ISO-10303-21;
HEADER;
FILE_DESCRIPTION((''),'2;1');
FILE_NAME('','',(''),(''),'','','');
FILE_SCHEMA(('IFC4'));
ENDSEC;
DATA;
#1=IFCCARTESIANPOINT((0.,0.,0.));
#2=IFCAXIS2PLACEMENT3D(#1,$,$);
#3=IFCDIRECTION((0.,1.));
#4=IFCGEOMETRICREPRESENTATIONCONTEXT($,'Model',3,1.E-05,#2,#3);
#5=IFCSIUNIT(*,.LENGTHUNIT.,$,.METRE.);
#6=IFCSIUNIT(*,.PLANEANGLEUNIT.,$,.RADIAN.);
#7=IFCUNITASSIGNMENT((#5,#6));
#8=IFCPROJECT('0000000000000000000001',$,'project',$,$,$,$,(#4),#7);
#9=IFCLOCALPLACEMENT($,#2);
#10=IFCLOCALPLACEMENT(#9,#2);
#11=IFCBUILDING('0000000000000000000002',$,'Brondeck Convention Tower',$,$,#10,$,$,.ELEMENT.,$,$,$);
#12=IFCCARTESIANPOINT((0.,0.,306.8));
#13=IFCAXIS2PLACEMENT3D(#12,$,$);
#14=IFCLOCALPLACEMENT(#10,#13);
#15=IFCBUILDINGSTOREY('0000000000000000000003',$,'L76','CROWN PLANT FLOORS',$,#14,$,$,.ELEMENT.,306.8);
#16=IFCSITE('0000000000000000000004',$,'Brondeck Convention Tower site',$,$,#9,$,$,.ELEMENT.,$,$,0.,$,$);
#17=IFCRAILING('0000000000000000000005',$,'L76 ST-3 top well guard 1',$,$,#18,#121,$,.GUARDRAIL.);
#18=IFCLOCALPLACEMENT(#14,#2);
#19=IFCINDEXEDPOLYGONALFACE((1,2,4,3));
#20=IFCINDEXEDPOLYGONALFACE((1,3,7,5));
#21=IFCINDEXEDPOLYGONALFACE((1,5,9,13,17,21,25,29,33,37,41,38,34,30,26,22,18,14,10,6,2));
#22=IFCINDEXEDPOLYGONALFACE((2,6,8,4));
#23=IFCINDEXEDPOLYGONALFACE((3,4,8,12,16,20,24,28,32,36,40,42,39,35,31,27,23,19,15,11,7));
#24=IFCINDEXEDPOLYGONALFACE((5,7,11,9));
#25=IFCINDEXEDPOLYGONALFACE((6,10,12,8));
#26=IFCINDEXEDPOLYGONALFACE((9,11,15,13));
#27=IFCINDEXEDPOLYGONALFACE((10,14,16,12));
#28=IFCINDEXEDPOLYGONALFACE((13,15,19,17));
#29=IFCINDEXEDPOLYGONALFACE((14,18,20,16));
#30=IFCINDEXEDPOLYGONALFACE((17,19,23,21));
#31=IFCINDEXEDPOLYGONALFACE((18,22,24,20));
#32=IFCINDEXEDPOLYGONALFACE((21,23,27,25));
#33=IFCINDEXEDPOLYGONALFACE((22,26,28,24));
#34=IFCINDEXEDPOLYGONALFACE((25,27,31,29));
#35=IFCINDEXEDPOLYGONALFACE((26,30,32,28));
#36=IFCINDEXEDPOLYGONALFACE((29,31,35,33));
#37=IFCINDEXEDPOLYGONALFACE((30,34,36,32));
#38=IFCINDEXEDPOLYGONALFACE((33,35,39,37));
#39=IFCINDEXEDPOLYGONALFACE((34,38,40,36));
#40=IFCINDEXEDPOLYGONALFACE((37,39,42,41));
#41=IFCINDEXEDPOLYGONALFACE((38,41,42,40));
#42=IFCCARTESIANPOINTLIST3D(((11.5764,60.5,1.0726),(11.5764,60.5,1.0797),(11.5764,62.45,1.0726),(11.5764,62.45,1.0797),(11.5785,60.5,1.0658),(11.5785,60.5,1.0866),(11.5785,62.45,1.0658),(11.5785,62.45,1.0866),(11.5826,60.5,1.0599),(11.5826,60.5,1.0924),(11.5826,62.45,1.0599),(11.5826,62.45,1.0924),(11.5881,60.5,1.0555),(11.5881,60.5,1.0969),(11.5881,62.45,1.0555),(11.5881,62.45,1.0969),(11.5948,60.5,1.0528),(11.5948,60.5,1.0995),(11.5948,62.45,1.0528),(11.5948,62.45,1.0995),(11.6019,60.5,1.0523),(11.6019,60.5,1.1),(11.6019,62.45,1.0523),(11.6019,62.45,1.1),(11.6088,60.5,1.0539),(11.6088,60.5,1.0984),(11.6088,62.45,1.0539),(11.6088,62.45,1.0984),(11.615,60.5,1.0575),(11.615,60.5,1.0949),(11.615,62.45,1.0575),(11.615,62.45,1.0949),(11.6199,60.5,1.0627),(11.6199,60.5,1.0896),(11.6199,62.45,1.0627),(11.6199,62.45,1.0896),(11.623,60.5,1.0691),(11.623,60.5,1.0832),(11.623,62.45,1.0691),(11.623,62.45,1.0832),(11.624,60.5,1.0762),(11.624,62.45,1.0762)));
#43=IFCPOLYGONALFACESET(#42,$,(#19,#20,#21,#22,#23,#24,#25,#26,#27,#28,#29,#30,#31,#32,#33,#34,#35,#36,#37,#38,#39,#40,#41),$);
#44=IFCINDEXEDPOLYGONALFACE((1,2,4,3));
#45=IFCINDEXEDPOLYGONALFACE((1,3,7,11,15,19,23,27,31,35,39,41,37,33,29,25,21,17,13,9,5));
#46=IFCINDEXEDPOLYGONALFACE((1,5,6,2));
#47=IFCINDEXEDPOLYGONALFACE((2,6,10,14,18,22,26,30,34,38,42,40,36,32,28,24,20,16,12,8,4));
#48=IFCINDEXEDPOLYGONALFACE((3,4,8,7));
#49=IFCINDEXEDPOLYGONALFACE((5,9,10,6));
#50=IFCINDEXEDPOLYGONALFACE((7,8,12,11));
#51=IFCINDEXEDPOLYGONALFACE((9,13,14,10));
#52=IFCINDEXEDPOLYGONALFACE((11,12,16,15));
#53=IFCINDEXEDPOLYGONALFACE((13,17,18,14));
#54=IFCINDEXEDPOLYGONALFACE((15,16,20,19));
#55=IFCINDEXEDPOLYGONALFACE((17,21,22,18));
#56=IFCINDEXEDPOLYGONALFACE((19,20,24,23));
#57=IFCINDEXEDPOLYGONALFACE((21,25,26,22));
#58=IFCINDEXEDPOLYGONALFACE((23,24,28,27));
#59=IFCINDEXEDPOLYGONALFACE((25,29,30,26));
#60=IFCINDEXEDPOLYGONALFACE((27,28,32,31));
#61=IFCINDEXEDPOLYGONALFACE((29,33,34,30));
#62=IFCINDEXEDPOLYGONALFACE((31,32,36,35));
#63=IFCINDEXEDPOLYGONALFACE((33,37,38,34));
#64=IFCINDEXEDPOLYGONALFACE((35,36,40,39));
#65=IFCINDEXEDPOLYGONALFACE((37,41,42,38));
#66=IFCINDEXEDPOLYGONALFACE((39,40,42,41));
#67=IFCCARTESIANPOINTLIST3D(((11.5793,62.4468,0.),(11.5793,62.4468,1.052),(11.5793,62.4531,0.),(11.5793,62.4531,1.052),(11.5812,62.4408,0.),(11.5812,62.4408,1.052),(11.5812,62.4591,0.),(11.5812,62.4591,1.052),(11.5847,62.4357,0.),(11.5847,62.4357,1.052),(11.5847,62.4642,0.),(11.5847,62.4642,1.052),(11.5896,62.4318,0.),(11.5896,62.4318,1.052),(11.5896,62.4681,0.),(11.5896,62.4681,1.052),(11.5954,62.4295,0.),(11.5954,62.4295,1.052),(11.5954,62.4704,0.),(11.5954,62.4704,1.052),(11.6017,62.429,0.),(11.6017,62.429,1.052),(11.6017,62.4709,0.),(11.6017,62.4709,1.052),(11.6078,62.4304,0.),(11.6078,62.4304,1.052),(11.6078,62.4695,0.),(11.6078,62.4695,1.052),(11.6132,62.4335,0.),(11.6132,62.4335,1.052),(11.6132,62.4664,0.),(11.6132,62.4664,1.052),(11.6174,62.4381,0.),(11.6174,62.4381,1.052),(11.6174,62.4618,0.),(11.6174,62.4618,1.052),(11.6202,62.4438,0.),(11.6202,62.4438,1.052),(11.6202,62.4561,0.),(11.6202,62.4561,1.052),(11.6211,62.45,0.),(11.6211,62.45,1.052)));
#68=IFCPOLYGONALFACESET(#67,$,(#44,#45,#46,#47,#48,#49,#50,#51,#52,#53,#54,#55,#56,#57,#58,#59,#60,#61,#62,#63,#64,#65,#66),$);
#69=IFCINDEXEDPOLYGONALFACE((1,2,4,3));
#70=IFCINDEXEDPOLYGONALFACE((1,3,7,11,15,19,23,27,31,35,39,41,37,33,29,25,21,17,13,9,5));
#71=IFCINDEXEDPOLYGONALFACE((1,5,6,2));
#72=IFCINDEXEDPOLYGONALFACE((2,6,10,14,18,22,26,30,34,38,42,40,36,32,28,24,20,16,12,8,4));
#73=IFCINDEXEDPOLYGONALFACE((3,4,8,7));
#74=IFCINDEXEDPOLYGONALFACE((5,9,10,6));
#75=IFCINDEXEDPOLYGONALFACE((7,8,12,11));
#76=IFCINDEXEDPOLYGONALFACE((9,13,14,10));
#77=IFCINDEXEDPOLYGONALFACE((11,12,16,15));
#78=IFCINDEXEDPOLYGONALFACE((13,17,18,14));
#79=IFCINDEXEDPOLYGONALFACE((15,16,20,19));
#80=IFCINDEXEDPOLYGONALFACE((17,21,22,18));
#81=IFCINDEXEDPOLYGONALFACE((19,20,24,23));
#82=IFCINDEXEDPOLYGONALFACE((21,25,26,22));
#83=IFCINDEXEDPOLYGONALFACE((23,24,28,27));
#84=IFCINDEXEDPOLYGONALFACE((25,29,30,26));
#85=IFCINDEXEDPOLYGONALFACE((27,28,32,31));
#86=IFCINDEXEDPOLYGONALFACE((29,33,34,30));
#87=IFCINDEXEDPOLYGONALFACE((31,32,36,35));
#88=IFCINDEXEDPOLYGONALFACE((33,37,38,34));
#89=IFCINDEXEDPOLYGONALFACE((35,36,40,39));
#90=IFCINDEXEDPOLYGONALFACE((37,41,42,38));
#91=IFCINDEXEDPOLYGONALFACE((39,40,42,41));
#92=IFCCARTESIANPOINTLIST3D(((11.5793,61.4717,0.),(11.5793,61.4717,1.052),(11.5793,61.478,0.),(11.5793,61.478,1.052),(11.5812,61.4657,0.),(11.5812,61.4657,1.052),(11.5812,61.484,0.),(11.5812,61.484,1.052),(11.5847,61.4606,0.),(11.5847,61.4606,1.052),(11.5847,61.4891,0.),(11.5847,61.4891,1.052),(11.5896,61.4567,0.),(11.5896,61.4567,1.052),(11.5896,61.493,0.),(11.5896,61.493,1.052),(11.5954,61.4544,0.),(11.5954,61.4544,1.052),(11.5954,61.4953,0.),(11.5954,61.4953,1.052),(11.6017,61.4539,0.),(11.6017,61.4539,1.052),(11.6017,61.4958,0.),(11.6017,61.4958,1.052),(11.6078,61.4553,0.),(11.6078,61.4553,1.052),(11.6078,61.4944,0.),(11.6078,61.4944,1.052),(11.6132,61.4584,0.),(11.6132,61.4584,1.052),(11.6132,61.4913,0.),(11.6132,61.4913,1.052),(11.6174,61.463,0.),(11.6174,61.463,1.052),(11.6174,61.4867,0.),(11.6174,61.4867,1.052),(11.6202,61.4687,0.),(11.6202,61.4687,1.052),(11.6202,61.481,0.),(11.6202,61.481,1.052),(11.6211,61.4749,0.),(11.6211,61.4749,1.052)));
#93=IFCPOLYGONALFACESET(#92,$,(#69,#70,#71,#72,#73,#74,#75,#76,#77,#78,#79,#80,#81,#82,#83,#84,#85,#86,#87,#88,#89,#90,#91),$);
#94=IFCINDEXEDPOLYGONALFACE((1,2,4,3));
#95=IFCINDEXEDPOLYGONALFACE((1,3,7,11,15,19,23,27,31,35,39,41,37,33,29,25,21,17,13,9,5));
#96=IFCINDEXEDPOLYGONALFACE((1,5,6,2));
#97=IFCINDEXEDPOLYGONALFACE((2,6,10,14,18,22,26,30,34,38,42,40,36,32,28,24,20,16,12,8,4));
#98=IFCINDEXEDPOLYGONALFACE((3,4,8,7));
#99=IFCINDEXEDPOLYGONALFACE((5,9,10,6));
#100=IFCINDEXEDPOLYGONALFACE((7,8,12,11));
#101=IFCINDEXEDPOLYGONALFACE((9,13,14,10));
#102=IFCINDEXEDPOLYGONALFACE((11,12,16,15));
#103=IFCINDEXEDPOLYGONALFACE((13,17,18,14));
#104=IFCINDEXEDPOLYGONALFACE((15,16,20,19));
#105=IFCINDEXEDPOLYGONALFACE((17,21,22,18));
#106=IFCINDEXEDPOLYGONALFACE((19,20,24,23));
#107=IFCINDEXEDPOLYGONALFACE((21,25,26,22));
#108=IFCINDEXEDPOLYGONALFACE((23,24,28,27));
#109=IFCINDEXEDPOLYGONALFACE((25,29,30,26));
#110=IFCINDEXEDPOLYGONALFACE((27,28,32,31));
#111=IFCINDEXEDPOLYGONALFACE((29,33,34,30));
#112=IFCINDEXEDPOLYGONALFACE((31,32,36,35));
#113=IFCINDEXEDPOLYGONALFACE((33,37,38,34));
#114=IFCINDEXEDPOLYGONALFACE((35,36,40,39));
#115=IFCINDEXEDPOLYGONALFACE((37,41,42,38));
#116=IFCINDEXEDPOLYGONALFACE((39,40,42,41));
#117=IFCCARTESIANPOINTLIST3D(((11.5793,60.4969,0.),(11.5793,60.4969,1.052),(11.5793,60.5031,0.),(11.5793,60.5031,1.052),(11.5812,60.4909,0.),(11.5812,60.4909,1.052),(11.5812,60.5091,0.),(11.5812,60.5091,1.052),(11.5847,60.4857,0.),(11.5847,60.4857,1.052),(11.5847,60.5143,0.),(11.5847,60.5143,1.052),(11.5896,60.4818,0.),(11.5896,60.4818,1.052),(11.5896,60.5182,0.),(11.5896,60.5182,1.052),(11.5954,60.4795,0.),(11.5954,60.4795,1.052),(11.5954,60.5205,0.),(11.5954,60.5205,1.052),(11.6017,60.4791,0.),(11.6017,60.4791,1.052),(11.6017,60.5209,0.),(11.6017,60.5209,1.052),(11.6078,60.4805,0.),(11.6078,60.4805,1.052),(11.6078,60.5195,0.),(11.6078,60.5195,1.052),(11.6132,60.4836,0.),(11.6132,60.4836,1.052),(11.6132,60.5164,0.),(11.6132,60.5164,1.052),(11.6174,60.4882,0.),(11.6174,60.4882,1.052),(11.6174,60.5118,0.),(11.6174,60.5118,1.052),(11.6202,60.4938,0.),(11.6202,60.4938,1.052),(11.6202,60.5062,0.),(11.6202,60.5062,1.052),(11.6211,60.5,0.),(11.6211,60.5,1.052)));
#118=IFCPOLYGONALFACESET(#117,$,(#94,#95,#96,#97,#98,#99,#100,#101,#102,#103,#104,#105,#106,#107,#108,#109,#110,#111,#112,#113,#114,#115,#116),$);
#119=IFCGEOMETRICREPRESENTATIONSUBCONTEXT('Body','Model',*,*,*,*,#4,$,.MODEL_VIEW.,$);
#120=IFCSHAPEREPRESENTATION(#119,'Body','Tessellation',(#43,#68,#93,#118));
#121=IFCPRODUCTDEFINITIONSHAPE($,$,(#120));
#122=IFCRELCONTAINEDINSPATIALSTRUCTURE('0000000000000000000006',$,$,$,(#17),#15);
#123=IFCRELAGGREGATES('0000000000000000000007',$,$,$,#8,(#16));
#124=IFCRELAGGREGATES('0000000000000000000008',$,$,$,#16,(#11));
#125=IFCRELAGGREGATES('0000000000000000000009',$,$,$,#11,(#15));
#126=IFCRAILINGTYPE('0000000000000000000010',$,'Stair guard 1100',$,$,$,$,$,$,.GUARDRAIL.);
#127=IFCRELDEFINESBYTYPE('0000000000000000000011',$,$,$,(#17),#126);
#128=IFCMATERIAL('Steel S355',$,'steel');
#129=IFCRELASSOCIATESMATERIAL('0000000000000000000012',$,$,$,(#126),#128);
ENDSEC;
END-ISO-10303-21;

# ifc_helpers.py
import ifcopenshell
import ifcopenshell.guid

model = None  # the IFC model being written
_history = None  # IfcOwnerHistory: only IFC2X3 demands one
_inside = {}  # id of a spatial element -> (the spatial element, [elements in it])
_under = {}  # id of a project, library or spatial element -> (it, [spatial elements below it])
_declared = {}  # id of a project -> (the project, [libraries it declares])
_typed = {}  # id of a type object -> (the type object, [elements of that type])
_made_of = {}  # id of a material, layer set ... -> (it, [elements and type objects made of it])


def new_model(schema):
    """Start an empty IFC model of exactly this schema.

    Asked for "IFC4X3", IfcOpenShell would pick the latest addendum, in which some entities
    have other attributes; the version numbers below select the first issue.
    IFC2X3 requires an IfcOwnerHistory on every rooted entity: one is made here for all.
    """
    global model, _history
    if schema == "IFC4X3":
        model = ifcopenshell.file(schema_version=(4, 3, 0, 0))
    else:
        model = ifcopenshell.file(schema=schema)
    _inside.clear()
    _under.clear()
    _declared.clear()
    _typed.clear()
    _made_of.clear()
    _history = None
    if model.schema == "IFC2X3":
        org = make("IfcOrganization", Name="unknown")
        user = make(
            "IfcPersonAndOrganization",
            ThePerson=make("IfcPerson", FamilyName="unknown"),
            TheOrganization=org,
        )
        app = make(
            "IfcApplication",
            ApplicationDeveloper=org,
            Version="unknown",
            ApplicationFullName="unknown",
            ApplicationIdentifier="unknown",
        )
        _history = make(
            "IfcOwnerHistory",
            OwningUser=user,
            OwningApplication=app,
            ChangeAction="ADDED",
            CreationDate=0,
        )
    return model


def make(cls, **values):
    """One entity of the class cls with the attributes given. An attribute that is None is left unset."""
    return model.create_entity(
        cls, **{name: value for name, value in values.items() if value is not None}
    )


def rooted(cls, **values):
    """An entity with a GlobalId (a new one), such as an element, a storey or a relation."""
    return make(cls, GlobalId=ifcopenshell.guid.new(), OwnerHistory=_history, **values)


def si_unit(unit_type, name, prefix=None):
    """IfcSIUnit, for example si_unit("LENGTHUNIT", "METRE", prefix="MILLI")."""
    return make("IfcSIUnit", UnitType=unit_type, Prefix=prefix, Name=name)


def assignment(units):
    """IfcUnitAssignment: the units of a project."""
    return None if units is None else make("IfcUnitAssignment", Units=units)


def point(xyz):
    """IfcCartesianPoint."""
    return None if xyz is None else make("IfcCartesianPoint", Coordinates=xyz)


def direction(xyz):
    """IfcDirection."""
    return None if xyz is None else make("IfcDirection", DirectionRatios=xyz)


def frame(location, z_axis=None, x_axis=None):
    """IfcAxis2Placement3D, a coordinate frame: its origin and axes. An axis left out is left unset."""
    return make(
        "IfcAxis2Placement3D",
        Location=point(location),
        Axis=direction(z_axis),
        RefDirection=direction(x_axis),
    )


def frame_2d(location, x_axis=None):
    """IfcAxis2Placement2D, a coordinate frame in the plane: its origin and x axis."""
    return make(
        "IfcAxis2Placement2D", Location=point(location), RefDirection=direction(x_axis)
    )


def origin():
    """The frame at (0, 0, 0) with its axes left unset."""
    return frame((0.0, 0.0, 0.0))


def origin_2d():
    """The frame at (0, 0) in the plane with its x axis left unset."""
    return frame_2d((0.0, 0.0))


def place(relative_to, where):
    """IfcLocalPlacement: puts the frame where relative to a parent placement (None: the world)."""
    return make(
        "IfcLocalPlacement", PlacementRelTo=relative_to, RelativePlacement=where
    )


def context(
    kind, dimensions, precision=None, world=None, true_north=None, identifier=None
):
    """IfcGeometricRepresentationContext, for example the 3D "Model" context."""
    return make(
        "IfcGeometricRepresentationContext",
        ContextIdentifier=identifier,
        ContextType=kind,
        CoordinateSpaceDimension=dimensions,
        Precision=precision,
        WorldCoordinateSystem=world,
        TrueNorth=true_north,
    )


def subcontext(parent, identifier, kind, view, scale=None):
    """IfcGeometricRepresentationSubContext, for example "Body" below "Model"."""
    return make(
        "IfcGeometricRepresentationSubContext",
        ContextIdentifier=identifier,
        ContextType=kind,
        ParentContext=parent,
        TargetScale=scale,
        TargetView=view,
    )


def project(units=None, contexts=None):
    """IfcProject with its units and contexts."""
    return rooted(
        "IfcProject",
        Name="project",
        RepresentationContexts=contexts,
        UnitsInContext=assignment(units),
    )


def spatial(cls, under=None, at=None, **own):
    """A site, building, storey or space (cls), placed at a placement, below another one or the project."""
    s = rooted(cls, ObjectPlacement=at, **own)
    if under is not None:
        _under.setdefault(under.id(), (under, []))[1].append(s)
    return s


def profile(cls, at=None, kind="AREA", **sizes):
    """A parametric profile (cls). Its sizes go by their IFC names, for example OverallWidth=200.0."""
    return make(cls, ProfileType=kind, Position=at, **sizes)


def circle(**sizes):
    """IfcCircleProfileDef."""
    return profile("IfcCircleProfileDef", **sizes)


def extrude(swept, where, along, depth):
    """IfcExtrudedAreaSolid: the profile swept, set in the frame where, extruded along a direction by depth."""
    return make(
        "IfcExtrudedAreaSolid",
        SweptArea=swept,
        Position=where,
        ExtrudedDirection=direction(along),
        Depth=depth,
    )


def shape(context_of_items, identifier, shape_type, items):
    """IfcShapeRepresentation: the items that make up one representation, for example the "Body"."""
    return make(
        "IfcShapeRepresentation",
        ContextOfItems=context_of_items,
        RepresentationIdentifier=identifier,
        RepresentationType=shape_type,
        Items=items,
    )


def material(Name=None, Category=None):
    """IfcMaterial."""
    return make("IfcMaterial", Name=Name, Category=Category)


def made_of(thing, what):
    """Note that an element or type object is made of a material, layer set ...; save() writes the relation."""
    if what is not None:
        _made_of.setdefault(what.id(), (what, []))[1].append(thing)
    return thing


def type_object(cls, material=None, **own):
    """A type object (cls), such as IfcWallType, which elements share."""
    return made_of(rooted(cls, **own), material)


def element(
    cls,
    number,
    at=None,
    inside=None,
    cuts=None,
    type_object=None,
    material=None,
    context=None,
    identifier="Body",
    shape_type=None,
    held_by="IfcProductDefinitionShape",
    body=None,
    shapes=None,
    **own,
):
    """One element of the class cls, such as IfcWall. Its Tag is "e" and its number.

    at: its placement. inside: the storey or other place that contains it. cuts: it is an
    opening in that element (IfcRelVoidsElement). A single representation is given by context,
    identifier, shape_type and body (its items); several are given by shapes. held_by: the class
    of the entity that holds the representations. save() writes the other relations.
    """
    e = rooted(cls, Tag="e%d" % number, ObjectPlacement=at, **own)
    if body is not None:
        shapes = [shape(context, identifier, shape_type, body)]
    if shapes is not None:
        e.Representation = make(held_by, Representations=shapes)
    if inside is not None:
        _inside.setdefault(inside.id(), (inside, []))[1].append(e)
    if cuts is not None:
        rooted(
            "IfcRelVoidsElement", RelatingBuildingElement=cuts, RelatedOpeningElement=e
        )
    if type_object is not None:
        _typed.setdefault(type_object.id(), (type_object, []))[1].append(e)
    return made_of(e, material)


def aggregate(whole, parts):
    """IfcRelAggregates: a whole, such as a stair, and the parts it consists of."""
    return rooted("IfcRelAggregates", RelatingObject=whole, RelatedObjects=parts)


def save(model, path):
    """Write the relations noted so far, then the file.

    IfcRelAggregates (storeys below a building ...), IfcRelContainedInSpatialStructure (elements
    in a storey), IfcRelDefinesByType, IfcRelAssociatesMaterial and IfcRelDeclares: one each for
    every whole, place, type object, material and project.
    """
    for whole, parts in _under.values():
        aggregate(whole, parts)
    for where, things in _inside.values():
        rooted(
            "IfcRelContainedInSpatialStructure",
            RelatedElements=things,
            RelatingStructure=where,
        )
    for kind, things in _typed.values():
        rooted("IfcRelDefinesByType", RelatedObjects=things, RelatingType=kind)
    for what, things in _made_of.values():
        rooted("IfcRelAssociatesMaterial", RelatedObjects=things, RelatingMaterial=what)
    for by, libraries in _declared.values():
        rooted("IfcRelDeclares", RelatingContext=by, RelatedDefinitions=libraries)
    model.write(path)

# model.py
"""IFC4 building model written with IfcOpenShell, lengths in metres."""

from ifc_helpers import new_model, si_unit, direction, frame, origin, origin_2d, place, context, subcontext, project, spatial, circle, extrude, material, type_object, element, save


model = new_model("IFC4")

# Units and contexts
model_context = context("Model", 3, precision=1e-05, world=origin(), true_north=direction((0.0, 1.0)))
body_context = subcontext(model_context, "Body", "Model", "MODEL_VIEW")
ifc_project = project(units=[si_unit("LENGTHUNIT", "METRE"), si_unit("PLANEANGLEUNIT", "RADIAN")], contexts=[model_context])

# Site, building, storey
site_placement = place(None, origin())
site = spatial("IfcSite", under=ifc_project, at=site_placement, Name="Brondeck Convention Tower site", CompositionType="ELEMENT", RefElevation=0.0)
building_placement = place(site_placement, origin())
building = spatial("IfcBuilding", under=site, at=building_placement, Name="Brondeck Convention Tower", CompositionType="ELEMENT")
storey_placement = place(building_placement, frame((0.0, 0.0, 306.8)))
storey = spatial("IfcBuildingStorey", under=building, at=storey_placement, Name="L76", Description="CROWN PLANT FLOORS", CompositionType="ELEMENT", Elevation=306.8)

# Railing
ifc_material_1 = material(Name="Steel S355", Category="steel")
railing_type_1 = type_object("IfcRailingType", Name="Stair guard 1100", PredefinedType="GUARDRAIL", material=ifc_material_1)
railing_1_placement = place(storey_placement, frame((11.6001, 62.45, 0.0)))
element("IfcRailing", 1, at=railing_1_placement, inside=storey, type_object=railing_type_1, Name="L76 ST-3 top well guard 1", PredefinedType="GUARDRAIL", context=body_context, shape_type="SweptSolid", body=[
    extrude(circle(Radius=0.0239, at=origin_2d()), frame((0.0, 0.0, 1.0762), z_axis=(0.0, -1.0, 0.0), x_axis=(1.0, 0.0, 0.0)), (0.0, 0.0, 1.0), 1.95),
    extrude(circle(Radius=0.021, at=origin_2d()), origin(), (0.0, 0.0, 1.0), 1.052),
    extrude(circle(Radius=0.021, at=origin_2d()), frame((0.0, -0.9751, 0.0)), (0.0, 0.0, 1.0), 1.052),
    extrude(circle(Radius=0.021, at=origin_2d()), frame((0.0, -1.95, 0.0)), (0.0, 0.0, 1.0), 1.052),
])

save(model, "model.ifc")
